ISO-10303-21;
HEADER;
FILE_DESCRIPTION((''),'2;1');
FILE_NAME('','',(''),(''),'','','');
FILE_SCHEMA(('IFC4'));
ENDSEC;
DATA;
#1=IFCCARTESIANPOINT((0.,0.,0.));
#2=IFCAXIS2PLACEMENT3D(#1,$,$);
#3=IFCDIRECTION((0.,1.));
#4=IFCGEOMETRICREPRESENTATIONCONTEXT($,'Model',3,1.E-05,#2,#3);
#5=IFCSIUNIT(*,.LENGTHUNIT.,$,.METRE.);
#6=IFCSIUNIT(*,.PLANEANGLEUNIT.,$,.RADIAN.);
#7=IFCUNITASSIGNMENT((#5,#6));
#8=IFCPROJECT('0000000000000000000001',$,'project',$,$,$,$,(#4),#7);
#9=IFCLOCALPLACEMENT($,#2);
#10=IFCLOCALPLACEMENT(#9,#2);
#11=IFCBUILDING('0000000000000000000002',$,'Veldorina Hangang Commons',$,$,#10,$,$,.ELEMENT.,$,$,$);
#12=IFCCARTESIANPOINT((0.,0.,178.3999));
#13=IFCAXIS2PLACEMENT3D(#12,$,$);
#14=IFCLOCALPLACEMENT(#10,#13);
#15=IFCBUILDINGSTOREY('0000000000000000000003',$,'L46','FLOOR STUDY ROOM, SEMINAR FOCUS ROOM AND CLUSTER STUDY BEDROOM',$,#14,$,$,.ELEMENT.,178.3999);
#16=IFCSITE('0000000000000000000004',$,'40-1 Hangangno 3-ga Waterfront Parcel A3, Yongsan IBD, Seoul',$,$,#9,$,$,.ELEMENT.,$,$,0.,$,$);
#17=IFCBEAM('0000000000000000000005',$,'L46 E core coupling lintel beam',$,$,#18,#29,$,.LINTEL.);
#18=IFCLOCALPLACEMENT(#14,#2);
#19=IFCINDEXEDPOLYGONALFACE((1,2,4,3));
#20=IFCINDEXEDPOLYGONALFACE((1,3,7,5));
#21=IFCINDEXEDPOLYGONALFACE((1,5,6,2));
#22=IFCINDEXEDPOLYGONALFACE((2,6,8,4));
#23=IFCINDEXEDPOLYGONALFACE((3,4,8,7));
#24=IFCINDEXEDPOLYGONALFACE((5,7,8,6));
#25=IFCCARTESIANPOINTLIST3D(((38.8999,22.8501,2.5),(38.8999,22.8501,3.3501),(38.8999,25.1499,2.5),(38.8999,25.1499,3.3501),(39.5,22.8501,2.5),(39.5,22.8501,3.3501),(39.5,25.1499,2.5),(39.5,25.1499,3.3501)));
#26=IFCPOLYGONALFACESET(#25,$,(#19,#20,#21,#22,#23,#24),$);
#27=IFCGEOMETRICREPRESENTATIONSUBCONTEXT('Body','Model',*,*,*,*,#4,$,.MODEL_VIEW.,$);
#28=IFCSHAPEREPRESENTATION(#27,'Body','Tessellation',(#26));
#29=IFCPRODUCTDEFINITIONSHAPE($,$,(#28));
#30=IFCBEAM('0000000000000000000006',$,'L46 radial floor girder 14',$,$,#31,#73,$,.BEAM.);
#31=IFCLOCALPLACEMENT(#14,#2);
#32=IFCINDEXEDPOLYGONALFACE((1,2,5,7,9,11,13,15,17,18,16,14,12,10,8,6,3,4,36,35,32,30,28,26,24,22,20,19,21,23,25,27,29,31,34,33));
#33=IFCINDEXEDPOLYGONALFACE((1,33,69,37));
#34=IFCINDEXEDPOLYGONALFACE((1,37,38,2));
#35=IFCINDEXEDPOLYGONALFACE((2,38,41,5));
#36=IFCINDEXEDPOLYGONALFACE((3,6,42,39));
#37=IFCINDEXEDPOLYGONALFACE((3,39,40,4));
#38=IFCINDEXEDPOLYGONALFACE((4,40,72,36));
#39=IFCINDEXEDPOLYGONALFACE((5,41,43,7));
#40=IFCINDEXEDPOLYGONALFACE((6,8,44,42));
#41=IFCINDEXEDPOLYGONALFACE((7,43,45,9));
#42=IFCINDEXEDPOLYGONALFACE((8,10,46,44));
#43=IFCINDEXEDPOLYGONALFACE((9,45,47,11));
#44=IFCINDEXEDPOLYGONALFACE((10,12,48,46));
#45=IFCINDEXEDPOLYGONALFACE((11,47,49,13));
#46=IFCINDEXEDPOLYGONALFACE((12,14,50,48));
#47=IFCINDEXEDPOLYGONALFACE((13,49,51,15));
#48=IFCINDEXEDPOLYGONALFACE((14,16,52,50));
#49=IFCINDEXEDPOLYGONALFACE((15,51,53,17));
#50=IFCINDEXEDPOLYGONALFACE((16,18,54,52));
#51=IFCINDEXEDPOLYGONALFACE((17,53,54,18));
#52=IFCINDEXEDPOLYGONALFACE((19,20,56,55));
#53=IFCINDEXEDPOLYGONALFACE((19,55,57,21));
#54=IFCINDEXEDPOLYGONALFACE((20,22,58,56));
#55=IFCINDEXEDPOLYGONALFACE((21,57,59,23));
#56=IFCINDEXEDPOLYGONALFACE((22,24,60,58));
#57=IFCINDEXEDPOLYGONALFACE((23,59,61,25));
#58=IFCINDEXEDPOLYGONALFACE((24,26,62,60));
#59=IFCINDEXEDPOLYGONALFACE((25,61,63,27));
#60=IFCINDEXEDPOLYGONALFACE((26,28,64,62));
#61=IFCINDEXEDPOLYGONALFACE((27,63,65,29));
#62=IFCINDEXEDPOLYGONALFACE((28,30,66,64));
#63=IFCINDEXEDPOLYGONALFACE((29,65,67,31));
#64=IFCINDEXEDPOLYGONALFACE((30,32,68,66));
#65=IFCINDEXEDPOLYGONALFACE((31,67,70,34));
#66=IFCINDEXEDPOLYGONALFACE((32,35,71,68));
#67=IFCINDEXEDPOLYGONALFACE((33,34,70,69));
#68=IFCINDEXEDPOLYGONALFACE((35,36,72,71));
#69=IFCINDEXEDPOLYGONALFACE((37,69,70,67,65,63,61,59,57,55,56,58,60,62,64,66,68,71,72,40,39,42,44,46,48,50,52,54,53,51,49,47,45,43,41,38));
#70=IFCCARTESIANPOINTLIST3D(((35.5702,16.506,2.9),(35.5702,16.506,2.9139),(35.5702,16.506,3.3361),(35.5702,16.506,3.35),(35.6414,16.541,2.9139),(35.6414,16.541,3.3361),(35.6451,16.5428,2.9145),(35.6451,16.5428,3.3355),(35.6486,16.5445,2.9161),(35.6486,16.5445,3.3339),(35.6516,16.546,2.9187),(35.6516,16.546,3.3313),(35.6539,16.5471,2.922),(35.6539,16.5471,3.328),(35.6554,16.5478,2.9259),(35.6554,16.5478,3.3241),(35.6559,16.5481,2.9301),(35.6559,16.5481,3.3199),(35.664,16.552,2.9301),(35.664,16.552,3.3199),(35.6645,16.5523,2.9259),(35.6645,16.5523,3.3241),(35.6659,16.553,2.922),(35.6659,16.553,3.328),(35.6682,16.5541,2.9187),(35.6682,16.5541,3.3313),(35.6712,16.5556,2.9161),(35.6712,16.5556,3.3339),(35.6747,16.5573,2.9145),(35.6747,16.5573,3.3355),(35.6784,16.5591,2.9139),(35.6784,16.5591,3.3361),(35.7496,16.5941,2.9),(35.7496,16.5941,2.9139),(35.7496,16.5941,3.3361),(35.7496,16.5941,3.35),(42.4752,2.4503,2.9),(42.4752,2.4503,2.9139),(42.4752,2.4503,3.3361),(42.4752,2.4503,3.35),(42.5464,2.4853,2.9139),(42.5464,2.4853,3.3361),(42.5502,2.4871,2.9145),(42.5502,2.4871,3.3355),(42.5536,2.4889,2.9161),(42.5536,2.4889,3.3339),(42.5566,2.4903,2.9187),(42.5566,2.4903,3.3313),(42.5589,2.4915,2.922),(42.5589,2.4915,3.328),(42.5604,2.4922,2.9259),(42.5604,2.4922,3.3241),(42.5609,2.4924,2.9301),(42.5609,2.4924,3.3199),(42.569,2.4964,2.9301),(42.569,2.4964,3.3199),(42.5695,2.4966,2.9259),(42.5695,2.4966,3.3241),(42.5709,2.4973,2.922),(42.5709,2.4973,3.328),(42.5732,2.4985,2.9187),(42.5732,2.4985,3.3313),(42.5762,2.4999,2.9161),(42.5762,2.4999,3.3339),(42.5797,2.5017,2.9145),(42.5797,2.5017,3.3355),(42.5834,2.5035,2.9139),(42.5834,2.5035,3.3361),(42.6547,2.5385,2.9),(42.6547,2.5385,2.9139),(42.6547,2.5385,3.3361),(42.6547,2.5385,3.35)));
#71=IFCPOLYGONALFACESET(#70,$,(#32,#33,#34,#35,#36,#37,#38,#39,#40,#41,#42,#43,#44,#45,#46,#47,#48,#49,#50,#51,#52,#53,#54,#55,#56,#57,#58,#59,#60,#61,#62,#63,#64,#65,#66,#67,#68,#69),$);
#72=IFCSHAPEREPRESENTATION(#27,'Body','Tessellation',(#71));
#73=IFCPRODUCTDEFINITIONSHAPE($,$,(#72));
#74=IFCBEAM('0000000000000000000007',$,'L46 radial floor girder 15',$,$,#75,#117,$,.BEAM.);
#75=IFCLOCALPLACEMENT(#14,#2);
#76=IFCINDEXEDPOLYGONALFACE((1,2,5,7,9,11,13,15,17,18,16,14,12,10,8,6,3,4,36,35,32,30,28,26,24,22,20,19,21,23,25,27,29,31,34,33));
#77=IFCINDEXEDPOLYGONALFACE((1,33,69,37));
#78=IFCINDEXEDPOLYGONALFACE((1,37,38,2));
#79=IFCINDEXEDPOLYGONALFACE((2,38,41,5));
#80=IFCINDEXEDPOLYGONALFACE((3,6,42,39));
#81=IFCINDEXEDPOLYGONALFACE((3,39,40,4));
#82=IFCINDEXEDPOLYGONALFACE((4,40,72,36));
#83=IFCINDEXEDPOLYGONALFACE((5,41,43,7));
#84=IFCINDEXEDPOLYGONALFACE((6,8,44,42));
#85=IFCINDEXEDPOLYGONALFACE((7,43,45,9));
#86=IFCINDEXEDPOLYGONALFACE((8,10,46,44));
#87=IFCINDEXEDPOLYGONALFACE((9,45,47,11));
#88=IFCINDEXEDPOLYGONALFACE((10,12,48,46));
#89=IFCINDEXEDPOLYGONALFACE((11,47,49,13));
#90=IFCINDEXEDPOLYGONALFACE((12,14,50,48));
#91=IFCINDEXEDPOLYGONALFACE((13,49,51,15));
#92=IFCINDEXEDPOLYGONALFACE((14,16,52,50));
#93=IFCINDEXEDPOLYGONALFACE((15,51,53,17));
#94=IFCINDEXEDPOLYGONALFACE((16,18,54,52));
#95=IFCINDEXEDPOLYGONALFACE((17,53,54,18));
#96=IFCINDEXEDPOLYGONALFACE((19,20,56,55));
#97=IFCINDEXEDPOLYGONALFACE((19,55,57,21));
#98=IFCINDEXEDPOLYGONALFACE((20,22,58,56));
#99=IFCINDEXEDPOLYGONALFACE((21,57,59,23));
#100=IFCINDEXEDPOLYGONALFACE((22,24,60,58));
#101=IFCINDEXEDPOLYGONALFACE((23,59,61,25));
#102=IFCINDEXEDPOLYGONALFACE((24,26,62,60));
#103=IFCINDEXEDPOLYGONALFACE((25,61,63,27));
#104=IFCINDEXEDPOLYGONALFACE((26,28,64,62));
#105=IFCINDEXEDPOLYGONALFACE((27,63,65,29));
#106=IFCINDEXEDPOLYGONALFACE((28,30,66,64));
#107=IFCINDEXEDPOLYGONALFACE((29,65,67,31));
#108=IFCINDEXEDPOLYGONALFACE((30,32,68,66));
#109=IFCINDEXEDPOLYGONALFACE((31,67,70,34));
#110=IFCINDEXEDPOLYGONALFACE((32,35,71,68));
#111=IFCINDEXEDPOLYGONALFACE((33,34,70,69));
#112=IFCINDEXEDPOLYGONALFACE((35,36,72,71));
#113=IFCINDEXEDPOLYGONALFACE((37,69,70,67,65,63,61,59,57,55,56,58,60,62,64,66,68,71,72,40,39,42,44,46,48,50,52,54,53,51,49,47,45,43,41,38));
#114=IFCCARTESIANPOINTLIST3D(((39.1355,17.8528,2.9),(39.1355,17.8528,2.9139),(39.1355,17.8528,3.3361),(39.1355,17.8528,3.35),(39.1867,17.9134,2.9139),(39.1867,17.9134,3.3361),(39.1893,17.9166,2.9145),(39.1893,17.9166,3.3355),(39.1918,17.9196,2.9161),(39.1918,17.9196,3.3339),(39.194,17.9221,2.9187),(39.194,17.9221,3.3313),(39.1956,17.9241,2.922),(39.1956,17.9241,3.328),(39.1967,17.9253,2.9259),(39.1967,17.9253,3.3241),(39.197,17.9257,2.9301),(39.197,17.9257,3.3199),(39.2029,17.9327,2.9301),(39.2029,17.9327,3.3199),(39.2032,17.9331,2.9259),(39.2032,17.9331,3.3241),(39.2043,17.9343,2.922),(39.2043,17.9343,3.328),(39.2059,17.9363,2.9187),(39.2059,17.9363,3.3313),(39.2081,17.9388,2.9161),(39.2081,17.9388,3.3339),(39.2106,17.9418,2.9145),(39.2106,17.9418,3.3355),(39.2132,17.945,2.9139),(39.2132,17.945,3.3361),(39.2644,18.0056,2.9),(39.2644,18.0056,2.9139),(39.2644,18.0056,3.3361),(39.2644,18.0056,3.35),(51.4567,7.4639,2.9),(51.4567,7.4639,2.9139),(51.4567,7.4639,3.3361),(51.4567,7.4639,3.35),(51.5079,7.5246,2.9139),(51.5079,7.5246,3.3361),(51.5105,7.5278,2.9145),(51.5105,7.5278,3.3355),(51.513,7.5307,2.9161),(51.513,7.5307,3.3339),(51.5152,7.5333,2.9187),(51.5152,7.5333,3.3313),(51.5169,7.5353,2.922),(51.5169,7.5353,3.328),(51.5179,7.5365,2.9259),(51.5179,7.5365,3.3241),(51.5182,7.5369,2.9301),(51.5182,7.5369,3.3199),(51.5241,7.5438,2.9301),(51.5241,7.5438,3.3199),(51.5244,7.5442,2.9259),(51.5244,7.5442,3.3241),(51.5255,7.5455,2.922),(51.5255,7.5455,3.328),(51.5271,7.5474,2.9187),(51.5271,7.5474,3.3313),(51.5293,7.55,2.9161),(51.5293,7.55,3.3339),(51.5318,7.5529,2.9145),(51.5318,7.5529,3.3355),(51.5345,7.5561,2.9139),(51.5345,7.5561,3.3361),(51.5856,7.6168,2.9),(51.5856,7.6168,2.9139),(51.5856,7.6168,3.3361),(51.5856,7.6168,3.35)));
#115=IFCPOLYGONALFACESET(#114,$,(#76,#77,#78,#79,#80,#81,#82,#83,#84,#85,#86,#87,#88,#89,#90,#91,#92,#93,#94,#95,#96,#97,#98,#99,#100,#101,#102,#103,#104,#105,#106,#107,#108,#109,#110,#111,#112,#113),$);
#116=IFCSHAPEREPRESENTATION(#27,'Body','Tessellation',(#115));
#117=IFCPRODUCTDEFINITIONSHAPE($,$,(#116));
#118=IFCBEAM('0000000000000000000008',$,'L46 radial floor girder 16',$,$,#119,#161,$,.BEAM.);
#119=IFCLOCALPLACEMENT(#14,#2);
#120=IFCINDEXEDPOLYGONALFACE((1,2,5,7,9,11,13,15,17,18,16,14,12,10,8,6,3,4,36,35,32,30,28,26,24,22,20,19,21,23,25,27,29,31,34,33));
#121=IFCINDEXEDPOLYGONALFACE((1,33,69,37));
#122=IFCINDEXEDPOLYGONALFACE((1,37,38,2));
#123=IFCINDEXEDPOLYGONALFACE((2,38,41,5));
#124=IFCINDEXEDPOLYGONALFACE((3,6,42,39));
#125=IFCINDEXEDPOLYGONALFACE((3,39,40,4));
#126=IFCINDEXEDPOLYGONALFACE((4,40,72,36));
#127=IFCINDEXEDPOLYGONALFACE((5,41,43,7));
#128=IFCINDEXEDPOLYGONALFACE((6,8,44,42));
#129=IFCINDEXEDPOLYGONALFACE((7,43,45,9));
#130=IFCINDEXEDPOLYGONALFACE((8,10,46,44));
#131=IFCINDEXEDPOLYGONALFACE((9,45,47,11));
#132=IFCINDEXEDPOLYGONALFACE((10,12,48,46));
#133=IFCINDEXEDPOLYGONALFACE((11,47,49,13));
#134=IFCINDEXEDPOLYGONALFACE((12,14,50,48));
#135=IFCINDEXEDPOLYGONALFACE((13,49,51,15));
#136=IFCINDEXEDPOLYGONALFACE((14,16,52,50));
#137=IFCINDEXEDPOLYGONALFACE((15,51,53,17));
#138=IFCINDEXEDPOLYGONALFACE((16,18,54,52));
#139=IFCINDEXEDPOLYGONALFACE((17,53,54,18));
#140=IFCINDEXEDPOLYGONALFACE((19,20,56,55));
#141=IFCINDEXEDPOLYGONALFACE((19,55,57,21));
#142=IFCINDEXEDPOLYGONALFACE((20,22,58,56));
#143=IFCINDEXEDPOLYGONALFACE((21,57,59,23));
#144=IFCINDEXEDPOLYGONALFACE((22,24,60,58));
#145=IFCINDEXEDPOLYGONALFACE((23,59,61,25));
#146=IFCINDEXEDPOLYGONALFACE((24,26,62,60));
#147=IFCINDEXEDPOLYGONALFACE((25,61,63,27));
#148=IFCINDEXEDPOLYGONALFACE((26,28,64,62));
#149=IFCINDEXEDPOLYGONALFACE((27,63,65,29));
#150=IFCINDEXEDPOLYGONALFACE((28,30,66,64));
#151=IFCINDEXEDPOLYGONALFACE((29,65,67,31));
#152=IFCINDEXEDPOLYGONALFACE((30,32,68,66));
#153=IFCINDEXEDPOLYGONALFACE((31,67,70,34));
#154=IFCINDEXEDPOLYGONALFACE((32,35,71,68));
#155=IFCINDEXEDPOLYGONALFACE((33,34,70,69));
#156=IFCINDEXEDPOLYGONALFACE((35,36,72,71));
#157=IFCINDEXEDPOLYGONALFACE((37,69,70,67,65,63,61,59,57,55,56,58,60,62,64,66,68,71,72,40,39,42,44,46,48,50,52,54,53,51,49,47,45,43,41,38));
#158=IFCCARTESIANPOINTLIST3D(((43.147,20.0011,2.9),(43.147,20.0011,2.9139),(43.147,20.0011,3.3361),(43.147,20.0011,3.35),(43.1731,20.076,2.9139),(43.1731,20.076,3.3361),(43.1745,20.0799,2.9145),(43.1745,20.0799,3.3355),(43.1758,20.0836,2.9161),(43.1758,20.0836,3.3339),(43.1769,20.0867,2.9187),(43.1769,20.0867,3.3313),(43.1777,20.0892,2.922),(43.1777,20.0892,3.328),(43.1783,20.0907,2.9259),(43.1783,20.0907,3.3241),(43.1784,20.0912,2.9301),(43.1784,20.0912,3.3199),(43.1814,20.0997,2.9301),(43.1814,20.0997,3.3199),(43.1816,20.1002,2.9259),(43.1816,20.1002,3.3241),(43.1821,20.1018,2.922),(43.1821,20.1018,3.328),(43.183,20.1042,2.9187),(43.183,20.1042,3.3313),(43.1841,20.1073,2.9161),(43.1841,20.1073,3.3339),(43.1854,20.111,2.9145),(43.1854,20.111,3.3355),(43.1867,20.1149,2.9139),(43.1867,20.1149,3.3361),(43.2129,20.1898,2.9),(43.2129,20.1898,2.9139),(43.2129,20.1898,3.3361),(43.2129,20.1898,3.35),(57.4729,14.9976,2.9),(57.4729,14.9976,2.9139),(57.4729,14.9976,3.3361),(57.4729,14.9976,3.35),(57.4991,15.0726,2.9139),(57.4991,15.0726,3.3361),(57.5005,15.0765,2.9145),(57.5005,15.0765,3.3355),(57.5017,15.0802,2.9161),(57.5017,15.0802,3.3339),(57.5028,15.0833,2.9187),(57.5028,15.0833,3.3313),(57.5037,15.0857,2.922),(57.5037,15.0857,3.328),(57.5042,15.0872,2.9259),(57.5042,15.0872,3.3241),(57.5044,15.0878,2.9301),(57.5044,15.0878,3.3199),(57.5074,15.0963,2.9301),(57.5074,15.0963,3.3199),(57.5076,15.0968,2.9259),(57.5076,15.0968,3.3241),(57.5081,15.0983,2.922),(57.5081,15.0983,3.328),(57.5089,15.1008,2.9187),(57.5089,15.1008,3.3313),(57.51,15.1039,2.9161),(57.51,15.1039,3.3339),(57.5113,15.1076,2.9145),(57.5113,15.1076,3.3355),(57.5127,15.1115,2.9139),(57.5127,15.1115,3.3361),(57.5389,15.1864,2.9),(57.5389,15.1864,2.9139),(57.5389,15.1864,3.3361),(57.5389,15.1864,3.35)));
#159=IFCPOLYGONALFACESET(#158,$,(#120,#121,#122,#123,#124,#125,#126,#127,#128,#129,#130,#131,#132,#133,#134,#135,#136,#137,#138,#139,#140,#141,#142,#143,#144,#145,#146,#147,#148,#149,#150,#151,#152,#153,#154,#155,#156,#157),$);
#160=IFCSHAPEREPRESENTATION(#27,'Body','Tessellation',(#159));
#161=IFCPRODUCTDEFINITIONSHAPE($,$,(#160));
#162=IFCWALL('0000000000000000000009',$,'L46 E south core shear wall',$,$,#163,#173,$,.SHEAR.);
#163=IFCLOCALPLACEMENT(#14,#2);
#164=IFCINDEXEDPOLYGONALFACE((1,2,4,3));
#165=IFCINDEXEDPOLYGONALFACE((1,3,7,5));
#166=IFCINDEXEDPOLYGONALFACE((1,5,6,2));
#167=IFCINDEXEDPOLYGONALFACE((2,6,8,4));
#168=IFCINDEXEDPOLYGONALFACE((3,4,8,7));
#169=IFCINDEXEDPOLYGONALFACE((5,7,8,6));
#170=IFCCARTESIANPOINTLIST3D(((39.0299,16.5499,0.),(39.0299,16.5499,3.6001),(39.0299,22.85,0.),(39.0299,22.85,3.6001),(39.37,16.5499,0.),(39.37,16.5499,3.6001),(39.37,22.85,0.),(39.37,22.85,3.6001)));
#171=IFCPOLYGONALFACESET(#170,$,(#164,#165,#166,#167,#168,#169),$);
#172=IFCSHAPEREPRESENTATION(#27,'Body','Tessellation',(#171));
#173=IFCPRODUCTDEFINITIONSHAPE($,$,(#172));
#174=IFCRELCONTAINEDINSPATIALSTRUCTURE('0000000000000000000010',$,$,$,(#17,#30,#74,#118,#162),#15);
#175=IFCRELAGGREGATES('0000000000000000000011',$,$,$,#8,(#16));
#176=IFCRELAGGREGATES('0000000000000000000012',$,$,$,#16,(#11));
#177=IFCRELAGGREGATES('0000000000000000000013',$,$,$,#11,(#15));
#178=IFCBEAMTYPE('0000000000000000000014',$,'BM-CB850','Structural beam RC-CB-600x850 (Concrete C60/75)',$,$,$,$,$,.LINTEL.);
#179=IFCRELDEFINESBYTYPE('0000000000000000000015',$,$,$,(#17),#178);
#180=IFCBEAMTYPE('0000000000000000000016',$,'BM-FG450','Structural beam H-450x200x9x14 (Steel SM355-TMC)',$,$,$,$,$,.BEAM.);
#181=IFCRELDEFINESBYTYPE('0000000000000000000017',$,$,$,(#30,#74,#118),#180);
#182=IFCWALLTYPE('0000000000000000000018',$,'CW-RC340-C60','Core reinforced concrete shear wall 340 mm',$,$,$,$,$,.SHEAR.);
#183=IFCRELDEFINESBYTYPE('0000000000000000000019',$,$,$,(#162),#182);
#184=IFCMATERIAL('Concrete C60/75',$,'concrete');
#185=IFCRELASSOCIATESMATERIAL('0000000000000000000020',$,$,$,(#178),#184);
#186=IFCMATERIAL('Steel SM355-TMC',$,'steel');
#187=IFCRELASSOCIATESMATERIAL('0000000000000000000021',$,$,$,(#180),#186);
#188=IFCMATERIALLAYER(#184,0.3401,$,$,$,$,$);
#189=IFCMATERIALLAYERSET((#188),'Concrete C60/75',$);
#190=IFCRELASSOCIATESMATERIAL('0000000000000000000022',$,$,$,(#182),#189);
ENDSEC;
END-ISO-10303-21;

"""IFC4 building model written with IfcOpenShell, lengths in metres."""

from ifc_helpers import new_model, si_unit, direction, frame, frame_2d, origin, origin_2d, place, context, subcontext, project, spatial, rectangle, i_section, extrude, material, layer, layer_set, material_profile, profile_set, type_object, element, save


model = new_model("IFC4")

# Units and contexts
model_context = context("Model", 3, precision=1e-05, world=origin(), true_north=direction((0.0, 1.0)))
body_context = subcontext(model_context, "Body", "Model", "MODEL_VIEW")
ifc_project = project(units=[si_unit("LENGTHUNIT", "METRE"), si_unit("PLANEANGLEUNIT", "RADIAN")], contexts=[model_context])

# Site, building, storey
site_placement = place(None, origin())
site = spatial("IfcSite", under=ifc_project, at=site_placement, Name="40-1 Hangangno 3-ga Waterfront Parcel A3, Yongsan IBD, Seoul", CompositionType="ELEMENT", RefElevation=0.0)
building_placement = place(site_placement, origin())
building = spatial("IfcBuilding", under=site, at=building_placement, Name="Veldorina Hangang Commons", CompositionType="ELEMENT")
storey_placement = place(building_placement, frame((0.0, 0.0, 178.3999)))
storey = spatial("IfcBuildingStorey", under=building, at=storey_placement, Name="L46", Description="FLOOR STUDY ROOM, SEMINAR FOCUS ROOM AND CLUSTER STUDY BEDROOM", CompositionType="ELEMENT", Elevation=178.3999)

# Beams
ifc_material_1 = material(Name="Concrete C60/75", Category="concrete")
ifc_material_profile_1 = material_profile(ifc_material_1, rectangle(XDim=0.6001, YDim=0.8501, at=origin_2d()), Name="RC-CB-600x850")
ifc_profile_set_1 = profile_set([ifc_material_profile_1], Name="Concrete C60/75")
beam_type_1 = type_object("IfcBeamType", Name="BM-CB850", Description="Structural beam RC-CB-600x850 (Concrete C60/75)", PredefinedType="LINTEL", material=ifc_profile_set_1)
beam_1_placement = place(storey_placement, frame((39.2, 22.8501, 2.925), z_axis=(0.0, 1.0, 0.0), x_axis=(-1.0, 0.0, 0.0)))
element("IfcBeam", 1, at=beam_1_placement, inside=storey, type_object=beam_type_1, Name="L46 E core coupling lintel beam", PredefinedType="LINTEL", context=body_context, shape_type="SweptSolid", body=[
    extrude(rectangle(XDim=0.6001, YDim=0.8501, at=origin_2d()), origin(), (0.0, 0.0, 1.0), 2.2998),
])
ifc_material_2 = material(Name="Steel SM355-TMC", Category="steel")
ifc_material_profile_2 = material_profile(ifc_material_2, i_section(OverallWidth=0.2, OverallDepth=0.45, WebThickness=0.009, FlangeThickness=0.0139, FilletRadius=0.0161, at=origin_2d()), Name="H-450x200x9x14")
ifc_profile_set_2 = profile_set([ifc_material_profile_2], Name="Steel SM355-TMC")
beam_type_2 = type_object("IfcBeamType", Name="BM-FG450", Description="Structural beam H-450x200x9x14 (Steel SM355-TMC)", PredefinedType="BEAM", material=ifc_profile_set_2)
beam_2_placement = place(storey_placement, frame((35.6599, 16.55, 3.125), z_axis=(0.440929, -0.897542, 0.0), x_axis=(0.897542, 0.440929, 0.0)))
element("IfcBeam", 2, at=beam_2_placement, inside=storey, type_object=beam_type_2, Name="L46 radial floor girder 14", PredefinedType="BEAM", context=body_context, shape_type="SweptSolid", body=[
    extrude(i_section(OverallWidth=0.2, OverallDepth=0.45, WebThickness=0.009, FlangeThickness=0.0139, FilletRadius=0.0161, at=origin_2d()), origin(), (0.0, 0.0, 1.0), 15.6602),
])
beam_3_placement = place(storey_placement, frame((39.2, 17.9292, 3.125), z_axis=(0.764511, -0.644611, 0.0), x_axis=(0.644611, 0.764511, 0.0)))
element("IfcBeam", 3, at=beam_3_placement, inside=storey, type_object=beam_type_2, Name="L46 radial floor girder 15", PredefinedType="BEAM", context=body_context, shape_type="SweptSolid", body=[
    extrude(i_section(OverallWidth=0.2, OverallDepth=0.45, WebThickness=0.009, FlangeThickness=0.0139, FilletRadius=0.0161, at=origin_2d()), origin(), (0.0, 0.0, 1.0), 16.1165),
])
beam_4_placement = place(storey_placement, frame((43.1799, 20.0955, 3.125), z_axis=(0.944077, -0.329725, 0.0), x_axis=(0.329725, 0.944077, 0.0)))
element("IfcBeam", 4, at=beam_4_placement, inside=storey, type_object=beam_type_2, Name="L46 radial floor girder 16", PredefinedType="BEAM", context=body_context, shape_type="SweptSolid", body=[
    extrude(i_section(OverallWidth=0.2, OverallDepth=0.45, WebThickness=0.009, FlangeThickness=0.0139, FilletRadius=0.0161, at=origin_2d()), origin(), (0.0, 0.0, 1.0), 15.1746),
])

# Wall
ifc_layer_1 = layer(ifc_material_1, 0.3401)
ifc_layer_set_1 = layer_set([ifc_layer_1], Name="Concrete C60/75")
wall_type_1 = type_object("IfcWallType", Name="CW-RC340-C60", Description="Core reinforced concrete shear wall 340 mm", PredefinedType="SHEAR", material=ifc_layer_set_1)
wall_1_placement = place(storey_placement, frame((39.2, 16.55, 0.0), z_axis=(0.0, 0.0, 1.0), x_axis=(0.0, 1.0, 0.0)))
element("IfcWall", 5, at=wall_1_placement, inside=storey, type_object=wall_type_1, Name="L46 E south core shear wall", PredefinedType="SHEAR", context=body_context, shape_type="SweptSolid", body=[
    extrude(rectangle(XDim=6.3, YDim=0.3401, at=frame_2d((3.1499, 0.0))), origin(), (0.0, 0.0, 1.0), 3.6001),
])

save(model, "model.ifc")
